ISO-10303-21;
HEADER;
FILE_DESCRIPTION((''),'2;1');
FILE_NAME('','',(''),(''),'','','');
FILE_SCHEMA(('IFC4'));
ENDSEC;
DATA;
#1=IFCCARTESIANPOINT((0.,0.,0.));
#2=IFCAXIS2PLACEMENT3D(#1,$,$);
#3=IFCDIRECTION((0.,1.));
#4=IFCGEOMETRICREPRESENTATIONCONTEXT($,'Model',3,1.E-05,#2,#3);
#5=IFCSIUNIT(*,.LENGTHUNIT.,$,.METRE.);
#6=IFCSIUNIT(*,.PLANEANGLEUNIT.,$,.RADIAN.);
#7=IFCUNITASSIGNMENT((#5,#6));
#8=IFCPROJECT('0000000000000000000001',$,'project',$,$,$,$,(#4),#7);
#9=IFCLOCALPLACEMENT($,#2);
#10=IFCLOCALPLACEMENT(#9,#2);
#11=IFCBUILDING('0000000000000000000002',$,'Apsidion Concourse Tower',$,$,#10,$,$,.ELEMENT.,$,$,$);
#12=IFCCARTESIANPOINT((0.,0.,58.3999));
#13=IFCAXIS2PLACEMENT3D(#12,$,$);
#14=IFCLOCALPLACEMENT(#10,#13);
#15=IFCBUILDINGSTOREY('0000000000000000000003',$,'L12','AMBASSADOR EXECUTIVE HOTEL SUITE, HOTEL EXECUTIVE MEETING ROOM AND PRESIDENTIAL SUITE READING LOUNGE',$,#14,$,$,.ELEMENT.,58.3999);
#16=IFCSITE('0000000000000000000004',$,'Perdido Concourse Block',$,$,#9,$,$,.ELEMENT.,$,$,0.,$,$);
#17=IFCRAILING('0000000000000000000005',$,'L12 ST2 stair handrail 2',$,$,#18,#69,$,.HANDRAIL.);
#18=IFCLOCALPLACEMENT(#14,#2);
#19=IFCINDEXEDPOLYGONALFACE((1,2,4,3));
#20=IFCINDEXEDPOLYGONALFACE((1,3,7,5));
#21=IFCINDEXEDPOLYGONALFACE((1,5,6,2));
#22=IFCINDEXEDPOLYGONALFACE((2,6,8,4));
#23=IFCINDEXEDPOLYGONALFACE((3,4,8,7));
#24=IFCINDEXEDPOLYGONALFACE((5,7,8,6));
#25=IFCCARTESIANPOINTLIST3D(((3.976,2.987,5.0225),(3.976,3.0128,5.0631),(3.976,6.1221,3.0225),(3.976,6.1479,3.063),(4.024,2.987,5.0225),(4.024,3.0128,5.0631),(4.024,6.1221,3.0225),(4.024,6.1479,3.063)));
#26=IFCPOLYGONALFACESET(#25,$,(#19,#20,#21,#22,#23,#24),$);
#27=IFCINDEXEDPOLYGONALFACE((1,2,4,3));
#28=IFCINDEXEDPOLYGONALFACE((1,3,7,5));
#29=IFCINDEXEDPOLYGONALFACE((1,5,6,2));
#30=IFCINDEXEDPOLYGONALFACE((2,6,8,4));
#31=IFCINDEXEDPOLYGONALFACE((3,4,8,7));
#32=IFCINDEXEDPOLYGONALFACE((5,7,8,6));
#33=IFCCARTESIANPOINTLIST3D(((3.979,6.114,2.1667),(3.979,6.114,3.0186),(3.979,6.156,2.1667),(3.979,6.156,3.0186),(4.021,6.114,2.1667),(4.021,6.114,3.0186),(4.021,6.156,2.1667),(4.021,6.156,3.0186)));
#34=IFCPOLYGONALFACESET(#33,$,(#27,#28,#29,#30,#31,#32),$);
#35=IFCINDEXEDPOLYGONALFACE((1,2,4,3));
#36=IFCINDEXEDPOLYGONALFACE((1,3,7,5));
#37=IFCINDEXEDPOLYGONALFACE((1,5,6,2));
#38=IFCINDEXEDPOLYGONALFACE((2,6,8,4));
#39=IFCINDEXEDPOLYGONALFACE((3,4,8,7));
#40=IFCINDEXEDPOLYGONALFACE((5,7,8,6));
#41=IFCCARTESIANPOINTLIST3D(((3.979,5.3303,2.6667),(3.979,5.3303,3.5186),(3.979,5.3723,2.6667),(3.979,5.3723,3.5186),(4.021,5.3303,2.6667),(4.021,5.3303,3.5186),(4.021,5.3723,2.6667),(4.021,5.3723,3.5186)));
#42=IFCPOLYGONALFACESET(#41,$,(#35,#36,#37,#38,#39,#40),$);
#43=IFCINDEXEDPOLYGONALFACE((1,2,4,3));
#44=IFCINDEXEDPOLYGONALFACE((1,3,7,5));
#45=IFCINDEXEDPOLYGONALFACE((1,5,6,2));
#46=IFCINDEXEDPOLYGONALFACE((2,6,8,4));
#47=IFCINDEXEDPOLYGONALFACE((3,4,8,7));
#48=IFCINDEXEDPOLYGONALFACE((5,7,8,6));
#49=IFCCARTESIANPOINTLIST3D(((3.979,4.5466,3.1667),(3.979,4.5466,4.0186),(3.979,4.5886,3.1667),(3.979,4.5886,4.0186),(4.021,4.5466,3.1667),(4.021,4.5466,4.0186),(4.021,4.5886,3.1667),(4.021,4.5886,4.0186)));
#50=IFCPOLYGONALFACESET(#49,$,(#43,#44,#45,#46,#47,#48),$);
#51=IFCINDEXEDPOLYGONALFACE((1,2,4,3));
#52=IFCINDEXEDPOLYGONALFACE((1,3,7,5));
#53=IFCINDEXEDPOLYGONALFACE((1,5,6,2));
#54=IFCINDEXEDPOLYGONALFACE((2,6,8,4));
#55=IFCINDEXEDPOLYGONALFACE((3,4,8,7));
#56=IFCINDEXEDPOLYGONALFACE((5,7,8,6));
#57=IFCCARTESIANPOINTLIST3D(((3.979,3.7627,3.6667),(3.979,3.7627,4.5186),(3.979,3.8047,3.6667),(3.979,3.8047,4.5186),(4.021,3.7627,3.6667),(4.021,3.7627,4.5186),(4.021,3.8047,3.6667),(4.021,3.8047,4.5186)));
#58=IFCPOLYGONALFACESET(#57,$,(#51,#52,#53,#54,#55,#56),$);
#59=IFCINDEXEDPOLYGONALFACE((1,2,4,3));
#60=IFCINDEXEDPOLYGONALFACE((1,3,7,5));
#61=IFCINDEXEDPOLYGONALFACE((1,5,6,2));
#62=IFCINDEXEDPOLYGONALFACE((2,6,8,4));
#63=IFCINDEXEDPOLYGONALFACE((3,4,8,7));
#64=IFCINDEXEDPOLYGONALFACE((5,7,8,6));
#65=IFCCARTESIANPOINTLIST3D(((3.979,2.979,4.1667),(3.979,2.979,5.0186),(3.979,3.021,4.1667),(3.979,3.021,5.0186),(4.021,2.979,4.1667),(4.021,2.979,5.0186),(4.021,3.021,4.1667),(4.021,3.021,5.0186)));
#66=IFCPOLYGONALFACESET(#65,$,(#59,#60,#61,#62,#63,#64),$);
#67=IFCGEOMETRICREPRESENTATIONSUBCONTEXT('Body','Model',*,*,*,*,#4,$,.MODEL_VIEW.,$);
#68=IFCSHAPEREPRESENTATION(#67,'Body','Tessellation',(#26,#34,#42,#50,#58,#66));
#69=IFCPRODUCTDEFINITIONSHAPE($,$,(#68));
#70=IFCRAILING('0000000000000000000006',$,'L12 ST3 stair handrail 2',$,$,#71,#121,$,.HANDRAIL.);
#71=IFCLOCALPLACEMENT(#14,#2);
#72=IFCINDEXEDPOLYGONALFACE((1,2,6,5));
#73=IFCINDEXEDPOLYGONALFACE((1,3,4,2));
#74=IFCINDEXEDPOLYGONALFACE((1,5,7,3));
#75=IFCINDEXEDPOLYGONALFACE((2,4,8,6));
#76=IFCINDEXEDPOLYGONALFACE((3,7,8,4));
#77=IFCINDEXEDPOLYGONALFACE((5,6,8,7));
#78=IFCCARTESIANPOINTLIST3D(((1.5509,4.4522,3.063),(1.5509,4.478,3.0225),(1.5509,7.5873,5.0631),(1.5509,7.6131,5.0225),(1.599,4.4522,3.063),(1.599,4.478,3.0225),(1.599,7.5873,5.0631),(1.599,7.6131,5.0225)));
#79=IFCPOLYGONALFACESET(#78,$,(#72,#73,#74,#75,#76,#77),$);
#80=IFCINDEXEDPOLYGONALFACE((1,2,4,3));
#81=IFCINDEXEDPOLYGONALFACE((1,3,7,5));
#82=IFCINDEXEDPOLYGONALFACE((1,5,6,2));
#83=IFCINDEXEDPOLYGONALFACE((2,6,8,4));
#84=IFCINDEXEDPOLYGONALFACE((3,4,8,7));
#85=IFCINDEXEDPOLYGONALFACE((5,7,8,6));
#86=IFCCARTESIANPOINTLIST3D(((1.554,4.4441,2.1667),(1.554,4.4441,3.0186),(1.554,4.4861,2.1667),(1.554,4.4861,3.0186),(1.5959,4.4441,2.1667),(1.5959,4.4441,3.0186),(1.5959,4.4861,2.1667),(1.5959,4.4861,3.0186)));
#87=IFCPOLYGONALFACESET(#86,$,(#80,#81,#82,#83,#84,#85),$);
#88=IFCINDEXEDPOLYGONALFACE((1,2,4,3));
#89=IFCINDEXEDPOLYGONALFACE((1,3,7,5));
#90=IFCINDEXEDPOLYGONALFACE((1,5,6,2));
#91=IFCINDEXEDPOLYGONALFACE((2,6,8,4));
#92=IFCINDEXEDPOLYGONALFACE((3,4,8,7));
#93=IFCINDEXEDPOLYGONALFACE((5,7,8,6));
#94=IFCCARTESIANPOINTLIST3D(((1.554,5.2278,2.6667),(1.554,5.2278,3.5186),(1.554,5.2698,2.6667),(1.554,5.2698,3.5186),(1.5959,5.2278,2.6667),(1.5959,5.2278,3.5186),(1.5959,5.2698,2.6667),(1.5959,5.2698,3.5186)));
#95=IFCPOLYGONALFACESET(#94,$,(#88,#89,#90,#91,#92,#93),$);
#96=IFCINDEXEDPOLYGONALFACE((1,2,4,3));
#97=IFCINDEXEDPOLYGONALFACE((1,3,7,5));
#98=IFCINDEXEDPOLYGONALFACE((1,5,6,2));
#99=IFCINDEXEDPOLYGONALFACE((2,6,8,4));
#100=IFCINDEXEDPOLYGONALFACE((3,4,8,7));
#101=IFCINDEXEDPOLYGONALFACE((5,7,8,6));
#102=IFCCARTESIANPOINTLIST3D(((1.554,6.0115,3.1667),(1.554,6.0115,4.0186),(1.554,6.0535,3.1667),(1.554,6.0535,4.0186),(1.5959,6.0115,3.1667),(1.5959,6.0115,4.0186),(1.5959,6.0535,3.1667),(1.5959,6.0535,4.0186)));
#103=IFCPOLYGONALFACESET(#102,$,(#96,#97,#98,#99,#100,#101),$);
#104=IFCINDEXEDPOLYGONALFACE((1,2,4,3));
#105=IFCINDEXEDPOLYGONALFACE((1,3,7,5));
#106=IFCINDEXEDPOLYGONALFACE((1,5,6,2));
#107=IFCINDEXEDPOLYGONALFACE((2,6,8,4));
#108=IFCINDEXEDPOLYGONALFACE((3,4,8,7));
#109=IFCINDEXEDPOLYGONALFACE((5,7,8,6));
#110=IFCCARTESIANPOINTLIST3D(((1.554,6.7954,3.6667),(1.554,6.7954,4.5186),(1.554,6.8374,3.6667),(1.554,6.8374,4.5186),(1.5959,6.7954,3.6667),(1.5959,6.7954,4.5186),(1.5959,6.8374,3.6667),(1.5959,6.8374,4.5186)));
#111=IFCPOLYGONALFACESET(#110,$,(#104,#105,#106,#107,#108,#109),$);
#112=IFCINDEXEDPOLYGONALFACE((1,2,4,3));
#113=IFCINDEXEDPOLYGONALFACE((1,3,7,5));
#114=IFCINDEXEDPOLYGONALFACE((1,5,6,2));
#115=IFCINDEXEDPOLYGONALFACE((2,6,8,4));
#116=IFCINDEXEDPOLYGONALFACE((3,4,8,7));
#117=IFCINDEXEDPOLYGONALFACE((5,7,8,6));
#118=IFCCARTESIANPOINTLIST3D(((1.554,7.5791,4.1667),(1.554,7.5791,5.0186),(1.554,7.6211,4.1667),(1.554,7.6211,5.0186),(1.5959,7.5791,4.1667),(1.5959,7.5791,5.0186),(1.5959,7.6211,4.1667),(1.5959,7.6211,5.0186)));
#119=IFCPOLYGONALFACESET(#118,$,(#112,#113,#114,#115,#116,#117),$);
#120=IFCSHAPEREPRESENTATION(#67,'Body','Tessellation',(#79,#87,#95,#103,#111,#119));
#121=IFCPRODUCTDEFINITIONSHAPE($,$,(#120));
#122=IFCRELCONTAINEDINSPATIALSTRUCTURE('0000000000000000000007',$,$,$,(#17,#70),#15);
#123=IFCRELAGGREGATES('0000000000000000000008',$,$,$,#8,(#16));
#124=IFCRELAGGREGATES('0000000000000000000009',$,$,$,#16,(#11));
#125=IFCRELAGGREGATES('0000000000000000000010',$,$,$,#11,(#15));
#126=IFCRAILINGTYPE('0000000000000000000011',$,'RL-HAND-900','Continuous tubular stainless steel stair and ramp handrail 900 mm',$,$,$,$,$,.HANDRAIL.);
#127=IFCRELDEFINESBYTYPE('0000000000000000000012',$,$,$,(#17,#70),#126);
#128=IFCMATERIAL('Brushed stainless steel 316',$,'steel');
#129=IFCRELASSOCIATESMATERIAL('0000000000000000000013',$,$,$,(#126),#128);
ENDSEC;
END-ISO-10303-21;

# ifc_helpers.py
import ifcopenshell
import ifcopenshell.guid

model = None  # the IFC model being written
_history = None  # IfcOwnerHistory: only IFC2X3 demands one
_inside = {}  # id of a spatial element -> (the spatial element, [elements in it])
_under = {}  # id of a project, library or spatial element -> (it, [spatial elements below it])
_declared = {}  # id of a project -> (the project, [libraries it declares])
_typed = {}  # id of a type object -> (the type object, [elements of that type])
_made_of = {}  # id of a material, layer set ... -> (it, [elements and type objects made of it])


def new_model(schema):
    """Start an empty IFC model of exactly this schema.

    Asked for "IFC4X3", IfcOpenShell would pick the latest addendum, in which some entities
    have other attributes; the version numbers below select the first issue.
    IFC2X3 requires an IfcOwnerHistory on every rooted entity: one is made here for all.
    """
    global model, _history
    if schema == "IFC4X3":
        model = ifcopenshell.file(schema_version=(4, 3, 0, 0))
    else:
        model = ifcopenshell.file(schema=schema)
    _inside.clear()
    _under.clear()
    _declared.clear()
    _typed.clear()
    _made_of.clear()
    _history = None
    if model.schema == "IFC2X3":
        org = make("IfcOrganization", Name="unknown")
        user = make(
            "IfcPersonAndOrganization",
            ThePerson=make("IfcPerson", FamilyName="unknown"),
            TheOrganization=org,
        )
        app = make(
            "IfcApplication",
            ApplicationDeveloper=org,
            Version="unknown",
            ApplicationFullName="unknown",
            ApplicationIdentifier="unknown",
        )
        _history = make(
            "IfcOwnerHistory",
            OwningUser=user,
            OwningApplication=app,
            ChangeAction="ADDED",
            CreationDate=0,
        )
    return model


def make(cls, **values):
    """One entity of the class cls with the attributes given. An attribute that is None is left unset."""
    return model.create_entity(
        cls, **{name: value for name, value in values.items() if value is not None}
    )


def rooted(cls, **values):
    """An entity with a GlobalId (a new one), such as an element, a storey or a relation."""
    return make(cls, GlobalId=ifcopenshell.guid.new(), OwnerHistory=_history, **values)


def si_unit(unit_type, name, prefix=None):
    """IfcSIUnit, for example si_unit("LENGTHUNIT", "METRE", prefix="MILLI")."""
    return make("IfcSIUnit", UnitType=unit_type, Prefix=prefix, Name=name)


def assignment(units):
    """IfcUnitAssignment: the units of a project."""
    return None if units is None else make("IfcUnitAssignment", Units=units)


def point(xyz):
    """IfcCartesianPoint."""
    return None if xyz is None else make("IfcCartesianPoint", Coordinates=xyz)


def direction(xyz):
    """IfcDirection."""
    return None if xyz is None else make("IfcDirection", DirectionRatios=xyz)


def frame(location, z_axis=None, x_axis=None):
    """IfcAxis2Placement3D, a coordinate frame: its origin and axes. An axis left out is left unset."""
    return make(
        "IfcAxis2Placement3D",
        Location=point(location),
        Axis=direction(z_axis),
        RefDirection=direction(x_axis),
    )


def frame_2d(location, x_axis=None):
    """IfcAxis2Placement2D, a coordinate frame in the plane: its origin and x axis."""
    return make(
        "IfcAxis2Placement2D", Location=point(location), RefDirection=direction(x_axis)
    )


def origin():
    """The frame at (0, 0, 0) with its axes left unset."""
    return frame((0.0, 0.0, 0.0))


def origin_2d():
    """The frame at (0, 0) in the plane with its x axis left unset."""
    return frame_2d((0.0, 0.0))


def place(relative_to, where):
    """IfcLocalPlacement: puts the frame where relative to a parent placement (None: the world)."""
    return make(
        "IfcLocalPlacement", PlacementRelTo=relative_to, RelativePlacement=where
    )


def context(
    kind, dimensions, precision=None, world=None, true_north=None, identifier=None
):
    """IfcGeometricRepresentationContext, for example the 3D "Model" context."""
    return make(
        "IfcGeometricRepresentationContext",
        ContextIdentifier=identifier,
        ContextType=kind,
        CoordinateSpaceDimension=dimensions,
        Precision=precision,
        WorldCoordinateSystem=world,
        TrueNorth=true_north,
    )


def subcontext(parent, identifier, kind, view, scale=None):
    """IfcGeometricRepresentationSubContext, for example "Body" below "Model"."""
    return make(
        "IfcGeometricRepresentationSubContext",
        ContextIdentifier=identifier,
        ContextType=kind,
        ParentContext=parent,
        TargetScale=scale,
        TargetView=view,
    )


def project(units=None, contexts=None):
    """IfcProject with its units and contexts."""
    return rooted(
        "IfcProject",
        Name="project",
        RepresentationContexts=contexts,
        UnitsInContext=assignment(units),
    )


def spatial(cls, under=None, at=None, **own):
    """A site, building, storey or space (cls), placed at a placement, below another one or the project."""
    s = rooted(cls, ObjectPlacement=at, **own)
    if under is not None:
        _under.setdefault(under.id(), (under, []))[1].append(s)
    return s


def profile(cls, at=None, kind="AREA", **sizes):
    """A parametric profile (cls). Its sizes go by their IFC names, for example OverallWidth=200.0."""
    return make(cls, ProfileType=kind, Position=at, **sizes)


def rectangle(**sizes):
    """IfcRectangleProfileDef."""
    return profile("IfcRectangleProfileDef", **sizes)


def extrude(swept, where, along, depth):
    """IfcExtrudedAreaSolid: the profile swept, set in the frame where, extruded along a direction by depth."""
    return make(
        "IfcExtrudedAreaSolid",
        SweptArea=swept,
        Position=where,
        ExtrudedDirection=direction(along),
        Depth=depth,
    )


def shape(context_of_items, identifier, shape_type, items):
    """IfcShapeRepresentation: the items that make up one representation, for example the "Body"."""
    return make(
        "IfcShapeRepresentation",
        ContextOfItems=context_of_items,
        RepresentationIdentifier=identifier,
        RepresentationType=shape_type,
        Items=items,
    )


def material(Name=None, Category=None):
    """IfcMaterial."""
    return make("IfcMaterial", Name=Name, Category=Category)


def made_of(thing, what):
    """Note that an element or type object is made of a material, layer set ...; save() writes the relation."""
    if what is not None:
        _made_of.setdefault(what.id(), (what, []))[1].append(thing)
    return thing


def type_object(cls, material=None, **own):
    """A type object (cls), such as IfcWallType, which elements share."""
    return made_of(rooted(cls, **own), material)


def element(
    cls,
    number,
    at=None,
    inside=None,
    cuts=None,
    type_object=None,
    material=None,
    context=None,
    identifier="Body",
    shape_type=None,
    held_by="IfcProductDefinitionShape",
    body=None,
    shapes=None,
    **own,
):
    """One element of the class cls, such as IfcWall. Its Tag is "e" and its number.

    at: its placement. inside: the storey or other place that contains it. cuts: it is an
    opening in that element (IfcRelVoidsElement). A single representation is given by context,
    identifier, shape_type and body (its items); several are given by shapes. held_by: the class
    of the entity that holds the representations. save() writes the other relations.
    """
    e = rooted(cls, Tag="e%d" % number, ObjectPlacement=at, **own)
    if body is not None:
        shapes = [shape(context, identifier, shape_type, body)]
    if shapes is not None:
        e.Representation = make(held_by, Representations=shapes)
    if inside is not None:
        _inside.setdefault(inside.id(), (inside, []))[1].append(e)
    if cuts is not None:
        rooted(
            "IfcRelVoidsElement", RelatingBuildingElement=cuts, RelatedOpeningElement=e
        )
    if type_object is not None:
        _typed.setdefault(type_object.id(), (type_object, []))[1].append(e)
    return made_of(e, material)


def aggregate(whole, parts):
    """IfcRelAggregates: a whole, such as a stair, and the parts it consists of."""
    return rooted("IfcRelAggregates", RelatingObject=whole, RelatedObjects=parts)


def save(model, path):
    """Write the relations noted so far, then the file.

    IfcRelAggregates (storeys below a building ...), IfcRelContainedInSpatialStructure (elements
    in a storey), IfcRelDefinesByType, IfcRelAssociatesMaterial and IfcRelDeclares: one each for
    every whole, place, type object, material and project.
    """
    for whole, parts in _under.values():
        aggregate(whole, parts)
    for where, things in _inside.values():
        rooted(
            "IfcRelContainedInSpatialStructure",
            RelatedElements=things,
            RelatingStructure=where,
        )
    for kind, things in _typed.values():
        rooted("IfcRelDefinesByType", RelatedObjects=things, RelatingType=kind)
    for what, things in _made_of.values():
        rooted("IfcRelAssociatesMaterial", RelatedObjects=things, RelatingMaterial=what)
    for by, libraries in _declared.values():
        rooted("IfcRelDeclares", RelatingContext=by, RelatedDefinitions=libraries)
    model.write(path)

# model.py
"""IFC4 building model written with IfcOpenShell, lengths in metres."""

from ifc_helpers import new_model, si_unit, direction, frame, origin, origin_2d, place, context, subcontext, project, spatial, rectangle, extrude, material, type_object, element, save


model = new_model("IFC4")

# Units and contexts
model_context = context("Model", 3, precision=1e-05, world=origin(), true_north=direction((0.0, 1.0)))
body_context = subcontext(model_context, "Body", "Model", "MODEL_VIEW")
ifc_project = project(units=[si_unit("LENGTHUNIT", "METRE"), si_unit("PLANEANGLEUNIT", "RADIAN")], contexts=[model_context])

# Site, building, storey
site_placement = place(None, origin())
site = spatial("IfcSite", under=ifc_project, at=site_placement, Name="Perdido Concourse Block", CompositionType="ELEMENT", RefElevation=0.0)
building_placement = place(site_placement, origin())
building = spatial("IfcBuilding", under=site, at=building_placement, Name="Apsidion Concourse Tower", CompositionType="ELEMENT")
storey_placement = place(building_placement, frame((0.0, 0.0, 58.3999)))
storey = spatial("IfcBuildingStorey", under=building, at=storey_placement, Name="L12", Description="AMBASSADOR EXECUTIVE HOTEL SUITE, HOTEL EXECUTIVE MEETING ROOM AND PRESIDENTIAL SUITE READING LOUNGE", CompositionType="ELEMENT", Elevation=58.3999)

# Railings
ifc_material_1 = material(Name="Brushed stainless steel 316", Category="steel")
railing_type_1 = type_object("IfcRailingType", Name="RL-HAND-900", Description="Continuous tubular stainless steel stair and ramp handrail 900 mm", PredefinedType="HANDRAIL", material=ifc_material_1)
railing_1_placement = place(storey_placement, frame((4.0, 6.135, 2.1667)))
element("IfcRailing", 1, at=railing_1_placement, inside=storey, type_object=railing_type_1, Name="L12 ST2 stair handrail 2", PredefinedType="HANDRAIL", context=body_context, shape_type="SweptSolid", body=[
    extrude(rectangle(XDim=0.0481, YDim=0.0481, at=origin_2d()), frame((0.0, 0.0, 0.876), z_axis=(0.0, -0.843053, 0.537831), x_axis=(1.0, 0.0, 0.0)), (0.0, 0.0, 1.0), 3.7188),
    extrude(rectangle(XDim=0.042, YDim=0.042, at=origin_2d()), origin(), (0.0, 0.0, 1.0), 0.8518),
    extrude(rectangle(XDim=0.042, YDim=0.042, at=origin_2d()), frame((0.0, -0.7837, 0.5)), (0.0, 0.0, 1.0), 0.8518),
    extrude(rectangle(XDim=0.042, YDim=0.042, at=origin_2d()), frame((0.0, -1.5674, 1.0)), (0.0, 0.0, 1.0), 0.8518),
    extrude(rectangle(XDim=0.042, YDim=0.042, at=origin_2d()), frame((0.0, -2.3513, 1.5)), (0.0, 0.0, 1.0), 0.8518),
    extrude(rectangle(XDim=0.042, YDim=0.042, at=origin_2d()), frame((0.0, -3.135, 2.0)), (0.0, 0.0, 1.0), 0.8518),
])
railing_2_placement = place(storey_placement, frame((1.575, 4.4651, 2.1667)))
element("IfcRailing", 2, at=railing_2_placement, inside=storey, type_object=railing_type_1, Name="L12 ST3 stair handrail 2", PredefinedType="HANDRAIL", context=body_context, shape_type="SweptSolid", body=[
    extrude(rectangle(XDim=0.0481, YDim=0.0481, at=origin_2d()), frame((0.0, 0.0, 0.876), z_axis=(0.0, 0.843053, 0.537831), x_axis=(-1.0, 0.0, 0.0)), (0.0, 0.0, 1.0), 3.7188),
    extrude(rectangle(XDim=0.042, YDim=0.042, at=origin_2d()), origin(), (0.0, 0.0, 1.0), 0.8518),
    extrude(rectangle(XDim=0.042, YDim=0.042, at=origin_2d()), frame((0.0, 0.7837, 0.5)), (0.0, 0.0, 1.0), 0.8518),
    extrude(rectangle(XDim=0.042, YDim=0.042, at=origin_2d()), frame((0.0, 1.5674, 1.0)), (0.0, 0.0, 1.0), 0.8518),
    extrude(rectangle(XDim=0.042, YDim=0.042, at=origin_2d()), frame((0.0, 2.3513, 1.5)), (0.0, 0.0, 1.0), 0.8518),
    extrude(rectangle(XDim=0.042, YDim=0.042, at=origin_2d()), frame((0.0, 3.135, 2.0)), (0.0, 0.0, 1.0), 0.8518),
])

save(model, "model.ifc")
